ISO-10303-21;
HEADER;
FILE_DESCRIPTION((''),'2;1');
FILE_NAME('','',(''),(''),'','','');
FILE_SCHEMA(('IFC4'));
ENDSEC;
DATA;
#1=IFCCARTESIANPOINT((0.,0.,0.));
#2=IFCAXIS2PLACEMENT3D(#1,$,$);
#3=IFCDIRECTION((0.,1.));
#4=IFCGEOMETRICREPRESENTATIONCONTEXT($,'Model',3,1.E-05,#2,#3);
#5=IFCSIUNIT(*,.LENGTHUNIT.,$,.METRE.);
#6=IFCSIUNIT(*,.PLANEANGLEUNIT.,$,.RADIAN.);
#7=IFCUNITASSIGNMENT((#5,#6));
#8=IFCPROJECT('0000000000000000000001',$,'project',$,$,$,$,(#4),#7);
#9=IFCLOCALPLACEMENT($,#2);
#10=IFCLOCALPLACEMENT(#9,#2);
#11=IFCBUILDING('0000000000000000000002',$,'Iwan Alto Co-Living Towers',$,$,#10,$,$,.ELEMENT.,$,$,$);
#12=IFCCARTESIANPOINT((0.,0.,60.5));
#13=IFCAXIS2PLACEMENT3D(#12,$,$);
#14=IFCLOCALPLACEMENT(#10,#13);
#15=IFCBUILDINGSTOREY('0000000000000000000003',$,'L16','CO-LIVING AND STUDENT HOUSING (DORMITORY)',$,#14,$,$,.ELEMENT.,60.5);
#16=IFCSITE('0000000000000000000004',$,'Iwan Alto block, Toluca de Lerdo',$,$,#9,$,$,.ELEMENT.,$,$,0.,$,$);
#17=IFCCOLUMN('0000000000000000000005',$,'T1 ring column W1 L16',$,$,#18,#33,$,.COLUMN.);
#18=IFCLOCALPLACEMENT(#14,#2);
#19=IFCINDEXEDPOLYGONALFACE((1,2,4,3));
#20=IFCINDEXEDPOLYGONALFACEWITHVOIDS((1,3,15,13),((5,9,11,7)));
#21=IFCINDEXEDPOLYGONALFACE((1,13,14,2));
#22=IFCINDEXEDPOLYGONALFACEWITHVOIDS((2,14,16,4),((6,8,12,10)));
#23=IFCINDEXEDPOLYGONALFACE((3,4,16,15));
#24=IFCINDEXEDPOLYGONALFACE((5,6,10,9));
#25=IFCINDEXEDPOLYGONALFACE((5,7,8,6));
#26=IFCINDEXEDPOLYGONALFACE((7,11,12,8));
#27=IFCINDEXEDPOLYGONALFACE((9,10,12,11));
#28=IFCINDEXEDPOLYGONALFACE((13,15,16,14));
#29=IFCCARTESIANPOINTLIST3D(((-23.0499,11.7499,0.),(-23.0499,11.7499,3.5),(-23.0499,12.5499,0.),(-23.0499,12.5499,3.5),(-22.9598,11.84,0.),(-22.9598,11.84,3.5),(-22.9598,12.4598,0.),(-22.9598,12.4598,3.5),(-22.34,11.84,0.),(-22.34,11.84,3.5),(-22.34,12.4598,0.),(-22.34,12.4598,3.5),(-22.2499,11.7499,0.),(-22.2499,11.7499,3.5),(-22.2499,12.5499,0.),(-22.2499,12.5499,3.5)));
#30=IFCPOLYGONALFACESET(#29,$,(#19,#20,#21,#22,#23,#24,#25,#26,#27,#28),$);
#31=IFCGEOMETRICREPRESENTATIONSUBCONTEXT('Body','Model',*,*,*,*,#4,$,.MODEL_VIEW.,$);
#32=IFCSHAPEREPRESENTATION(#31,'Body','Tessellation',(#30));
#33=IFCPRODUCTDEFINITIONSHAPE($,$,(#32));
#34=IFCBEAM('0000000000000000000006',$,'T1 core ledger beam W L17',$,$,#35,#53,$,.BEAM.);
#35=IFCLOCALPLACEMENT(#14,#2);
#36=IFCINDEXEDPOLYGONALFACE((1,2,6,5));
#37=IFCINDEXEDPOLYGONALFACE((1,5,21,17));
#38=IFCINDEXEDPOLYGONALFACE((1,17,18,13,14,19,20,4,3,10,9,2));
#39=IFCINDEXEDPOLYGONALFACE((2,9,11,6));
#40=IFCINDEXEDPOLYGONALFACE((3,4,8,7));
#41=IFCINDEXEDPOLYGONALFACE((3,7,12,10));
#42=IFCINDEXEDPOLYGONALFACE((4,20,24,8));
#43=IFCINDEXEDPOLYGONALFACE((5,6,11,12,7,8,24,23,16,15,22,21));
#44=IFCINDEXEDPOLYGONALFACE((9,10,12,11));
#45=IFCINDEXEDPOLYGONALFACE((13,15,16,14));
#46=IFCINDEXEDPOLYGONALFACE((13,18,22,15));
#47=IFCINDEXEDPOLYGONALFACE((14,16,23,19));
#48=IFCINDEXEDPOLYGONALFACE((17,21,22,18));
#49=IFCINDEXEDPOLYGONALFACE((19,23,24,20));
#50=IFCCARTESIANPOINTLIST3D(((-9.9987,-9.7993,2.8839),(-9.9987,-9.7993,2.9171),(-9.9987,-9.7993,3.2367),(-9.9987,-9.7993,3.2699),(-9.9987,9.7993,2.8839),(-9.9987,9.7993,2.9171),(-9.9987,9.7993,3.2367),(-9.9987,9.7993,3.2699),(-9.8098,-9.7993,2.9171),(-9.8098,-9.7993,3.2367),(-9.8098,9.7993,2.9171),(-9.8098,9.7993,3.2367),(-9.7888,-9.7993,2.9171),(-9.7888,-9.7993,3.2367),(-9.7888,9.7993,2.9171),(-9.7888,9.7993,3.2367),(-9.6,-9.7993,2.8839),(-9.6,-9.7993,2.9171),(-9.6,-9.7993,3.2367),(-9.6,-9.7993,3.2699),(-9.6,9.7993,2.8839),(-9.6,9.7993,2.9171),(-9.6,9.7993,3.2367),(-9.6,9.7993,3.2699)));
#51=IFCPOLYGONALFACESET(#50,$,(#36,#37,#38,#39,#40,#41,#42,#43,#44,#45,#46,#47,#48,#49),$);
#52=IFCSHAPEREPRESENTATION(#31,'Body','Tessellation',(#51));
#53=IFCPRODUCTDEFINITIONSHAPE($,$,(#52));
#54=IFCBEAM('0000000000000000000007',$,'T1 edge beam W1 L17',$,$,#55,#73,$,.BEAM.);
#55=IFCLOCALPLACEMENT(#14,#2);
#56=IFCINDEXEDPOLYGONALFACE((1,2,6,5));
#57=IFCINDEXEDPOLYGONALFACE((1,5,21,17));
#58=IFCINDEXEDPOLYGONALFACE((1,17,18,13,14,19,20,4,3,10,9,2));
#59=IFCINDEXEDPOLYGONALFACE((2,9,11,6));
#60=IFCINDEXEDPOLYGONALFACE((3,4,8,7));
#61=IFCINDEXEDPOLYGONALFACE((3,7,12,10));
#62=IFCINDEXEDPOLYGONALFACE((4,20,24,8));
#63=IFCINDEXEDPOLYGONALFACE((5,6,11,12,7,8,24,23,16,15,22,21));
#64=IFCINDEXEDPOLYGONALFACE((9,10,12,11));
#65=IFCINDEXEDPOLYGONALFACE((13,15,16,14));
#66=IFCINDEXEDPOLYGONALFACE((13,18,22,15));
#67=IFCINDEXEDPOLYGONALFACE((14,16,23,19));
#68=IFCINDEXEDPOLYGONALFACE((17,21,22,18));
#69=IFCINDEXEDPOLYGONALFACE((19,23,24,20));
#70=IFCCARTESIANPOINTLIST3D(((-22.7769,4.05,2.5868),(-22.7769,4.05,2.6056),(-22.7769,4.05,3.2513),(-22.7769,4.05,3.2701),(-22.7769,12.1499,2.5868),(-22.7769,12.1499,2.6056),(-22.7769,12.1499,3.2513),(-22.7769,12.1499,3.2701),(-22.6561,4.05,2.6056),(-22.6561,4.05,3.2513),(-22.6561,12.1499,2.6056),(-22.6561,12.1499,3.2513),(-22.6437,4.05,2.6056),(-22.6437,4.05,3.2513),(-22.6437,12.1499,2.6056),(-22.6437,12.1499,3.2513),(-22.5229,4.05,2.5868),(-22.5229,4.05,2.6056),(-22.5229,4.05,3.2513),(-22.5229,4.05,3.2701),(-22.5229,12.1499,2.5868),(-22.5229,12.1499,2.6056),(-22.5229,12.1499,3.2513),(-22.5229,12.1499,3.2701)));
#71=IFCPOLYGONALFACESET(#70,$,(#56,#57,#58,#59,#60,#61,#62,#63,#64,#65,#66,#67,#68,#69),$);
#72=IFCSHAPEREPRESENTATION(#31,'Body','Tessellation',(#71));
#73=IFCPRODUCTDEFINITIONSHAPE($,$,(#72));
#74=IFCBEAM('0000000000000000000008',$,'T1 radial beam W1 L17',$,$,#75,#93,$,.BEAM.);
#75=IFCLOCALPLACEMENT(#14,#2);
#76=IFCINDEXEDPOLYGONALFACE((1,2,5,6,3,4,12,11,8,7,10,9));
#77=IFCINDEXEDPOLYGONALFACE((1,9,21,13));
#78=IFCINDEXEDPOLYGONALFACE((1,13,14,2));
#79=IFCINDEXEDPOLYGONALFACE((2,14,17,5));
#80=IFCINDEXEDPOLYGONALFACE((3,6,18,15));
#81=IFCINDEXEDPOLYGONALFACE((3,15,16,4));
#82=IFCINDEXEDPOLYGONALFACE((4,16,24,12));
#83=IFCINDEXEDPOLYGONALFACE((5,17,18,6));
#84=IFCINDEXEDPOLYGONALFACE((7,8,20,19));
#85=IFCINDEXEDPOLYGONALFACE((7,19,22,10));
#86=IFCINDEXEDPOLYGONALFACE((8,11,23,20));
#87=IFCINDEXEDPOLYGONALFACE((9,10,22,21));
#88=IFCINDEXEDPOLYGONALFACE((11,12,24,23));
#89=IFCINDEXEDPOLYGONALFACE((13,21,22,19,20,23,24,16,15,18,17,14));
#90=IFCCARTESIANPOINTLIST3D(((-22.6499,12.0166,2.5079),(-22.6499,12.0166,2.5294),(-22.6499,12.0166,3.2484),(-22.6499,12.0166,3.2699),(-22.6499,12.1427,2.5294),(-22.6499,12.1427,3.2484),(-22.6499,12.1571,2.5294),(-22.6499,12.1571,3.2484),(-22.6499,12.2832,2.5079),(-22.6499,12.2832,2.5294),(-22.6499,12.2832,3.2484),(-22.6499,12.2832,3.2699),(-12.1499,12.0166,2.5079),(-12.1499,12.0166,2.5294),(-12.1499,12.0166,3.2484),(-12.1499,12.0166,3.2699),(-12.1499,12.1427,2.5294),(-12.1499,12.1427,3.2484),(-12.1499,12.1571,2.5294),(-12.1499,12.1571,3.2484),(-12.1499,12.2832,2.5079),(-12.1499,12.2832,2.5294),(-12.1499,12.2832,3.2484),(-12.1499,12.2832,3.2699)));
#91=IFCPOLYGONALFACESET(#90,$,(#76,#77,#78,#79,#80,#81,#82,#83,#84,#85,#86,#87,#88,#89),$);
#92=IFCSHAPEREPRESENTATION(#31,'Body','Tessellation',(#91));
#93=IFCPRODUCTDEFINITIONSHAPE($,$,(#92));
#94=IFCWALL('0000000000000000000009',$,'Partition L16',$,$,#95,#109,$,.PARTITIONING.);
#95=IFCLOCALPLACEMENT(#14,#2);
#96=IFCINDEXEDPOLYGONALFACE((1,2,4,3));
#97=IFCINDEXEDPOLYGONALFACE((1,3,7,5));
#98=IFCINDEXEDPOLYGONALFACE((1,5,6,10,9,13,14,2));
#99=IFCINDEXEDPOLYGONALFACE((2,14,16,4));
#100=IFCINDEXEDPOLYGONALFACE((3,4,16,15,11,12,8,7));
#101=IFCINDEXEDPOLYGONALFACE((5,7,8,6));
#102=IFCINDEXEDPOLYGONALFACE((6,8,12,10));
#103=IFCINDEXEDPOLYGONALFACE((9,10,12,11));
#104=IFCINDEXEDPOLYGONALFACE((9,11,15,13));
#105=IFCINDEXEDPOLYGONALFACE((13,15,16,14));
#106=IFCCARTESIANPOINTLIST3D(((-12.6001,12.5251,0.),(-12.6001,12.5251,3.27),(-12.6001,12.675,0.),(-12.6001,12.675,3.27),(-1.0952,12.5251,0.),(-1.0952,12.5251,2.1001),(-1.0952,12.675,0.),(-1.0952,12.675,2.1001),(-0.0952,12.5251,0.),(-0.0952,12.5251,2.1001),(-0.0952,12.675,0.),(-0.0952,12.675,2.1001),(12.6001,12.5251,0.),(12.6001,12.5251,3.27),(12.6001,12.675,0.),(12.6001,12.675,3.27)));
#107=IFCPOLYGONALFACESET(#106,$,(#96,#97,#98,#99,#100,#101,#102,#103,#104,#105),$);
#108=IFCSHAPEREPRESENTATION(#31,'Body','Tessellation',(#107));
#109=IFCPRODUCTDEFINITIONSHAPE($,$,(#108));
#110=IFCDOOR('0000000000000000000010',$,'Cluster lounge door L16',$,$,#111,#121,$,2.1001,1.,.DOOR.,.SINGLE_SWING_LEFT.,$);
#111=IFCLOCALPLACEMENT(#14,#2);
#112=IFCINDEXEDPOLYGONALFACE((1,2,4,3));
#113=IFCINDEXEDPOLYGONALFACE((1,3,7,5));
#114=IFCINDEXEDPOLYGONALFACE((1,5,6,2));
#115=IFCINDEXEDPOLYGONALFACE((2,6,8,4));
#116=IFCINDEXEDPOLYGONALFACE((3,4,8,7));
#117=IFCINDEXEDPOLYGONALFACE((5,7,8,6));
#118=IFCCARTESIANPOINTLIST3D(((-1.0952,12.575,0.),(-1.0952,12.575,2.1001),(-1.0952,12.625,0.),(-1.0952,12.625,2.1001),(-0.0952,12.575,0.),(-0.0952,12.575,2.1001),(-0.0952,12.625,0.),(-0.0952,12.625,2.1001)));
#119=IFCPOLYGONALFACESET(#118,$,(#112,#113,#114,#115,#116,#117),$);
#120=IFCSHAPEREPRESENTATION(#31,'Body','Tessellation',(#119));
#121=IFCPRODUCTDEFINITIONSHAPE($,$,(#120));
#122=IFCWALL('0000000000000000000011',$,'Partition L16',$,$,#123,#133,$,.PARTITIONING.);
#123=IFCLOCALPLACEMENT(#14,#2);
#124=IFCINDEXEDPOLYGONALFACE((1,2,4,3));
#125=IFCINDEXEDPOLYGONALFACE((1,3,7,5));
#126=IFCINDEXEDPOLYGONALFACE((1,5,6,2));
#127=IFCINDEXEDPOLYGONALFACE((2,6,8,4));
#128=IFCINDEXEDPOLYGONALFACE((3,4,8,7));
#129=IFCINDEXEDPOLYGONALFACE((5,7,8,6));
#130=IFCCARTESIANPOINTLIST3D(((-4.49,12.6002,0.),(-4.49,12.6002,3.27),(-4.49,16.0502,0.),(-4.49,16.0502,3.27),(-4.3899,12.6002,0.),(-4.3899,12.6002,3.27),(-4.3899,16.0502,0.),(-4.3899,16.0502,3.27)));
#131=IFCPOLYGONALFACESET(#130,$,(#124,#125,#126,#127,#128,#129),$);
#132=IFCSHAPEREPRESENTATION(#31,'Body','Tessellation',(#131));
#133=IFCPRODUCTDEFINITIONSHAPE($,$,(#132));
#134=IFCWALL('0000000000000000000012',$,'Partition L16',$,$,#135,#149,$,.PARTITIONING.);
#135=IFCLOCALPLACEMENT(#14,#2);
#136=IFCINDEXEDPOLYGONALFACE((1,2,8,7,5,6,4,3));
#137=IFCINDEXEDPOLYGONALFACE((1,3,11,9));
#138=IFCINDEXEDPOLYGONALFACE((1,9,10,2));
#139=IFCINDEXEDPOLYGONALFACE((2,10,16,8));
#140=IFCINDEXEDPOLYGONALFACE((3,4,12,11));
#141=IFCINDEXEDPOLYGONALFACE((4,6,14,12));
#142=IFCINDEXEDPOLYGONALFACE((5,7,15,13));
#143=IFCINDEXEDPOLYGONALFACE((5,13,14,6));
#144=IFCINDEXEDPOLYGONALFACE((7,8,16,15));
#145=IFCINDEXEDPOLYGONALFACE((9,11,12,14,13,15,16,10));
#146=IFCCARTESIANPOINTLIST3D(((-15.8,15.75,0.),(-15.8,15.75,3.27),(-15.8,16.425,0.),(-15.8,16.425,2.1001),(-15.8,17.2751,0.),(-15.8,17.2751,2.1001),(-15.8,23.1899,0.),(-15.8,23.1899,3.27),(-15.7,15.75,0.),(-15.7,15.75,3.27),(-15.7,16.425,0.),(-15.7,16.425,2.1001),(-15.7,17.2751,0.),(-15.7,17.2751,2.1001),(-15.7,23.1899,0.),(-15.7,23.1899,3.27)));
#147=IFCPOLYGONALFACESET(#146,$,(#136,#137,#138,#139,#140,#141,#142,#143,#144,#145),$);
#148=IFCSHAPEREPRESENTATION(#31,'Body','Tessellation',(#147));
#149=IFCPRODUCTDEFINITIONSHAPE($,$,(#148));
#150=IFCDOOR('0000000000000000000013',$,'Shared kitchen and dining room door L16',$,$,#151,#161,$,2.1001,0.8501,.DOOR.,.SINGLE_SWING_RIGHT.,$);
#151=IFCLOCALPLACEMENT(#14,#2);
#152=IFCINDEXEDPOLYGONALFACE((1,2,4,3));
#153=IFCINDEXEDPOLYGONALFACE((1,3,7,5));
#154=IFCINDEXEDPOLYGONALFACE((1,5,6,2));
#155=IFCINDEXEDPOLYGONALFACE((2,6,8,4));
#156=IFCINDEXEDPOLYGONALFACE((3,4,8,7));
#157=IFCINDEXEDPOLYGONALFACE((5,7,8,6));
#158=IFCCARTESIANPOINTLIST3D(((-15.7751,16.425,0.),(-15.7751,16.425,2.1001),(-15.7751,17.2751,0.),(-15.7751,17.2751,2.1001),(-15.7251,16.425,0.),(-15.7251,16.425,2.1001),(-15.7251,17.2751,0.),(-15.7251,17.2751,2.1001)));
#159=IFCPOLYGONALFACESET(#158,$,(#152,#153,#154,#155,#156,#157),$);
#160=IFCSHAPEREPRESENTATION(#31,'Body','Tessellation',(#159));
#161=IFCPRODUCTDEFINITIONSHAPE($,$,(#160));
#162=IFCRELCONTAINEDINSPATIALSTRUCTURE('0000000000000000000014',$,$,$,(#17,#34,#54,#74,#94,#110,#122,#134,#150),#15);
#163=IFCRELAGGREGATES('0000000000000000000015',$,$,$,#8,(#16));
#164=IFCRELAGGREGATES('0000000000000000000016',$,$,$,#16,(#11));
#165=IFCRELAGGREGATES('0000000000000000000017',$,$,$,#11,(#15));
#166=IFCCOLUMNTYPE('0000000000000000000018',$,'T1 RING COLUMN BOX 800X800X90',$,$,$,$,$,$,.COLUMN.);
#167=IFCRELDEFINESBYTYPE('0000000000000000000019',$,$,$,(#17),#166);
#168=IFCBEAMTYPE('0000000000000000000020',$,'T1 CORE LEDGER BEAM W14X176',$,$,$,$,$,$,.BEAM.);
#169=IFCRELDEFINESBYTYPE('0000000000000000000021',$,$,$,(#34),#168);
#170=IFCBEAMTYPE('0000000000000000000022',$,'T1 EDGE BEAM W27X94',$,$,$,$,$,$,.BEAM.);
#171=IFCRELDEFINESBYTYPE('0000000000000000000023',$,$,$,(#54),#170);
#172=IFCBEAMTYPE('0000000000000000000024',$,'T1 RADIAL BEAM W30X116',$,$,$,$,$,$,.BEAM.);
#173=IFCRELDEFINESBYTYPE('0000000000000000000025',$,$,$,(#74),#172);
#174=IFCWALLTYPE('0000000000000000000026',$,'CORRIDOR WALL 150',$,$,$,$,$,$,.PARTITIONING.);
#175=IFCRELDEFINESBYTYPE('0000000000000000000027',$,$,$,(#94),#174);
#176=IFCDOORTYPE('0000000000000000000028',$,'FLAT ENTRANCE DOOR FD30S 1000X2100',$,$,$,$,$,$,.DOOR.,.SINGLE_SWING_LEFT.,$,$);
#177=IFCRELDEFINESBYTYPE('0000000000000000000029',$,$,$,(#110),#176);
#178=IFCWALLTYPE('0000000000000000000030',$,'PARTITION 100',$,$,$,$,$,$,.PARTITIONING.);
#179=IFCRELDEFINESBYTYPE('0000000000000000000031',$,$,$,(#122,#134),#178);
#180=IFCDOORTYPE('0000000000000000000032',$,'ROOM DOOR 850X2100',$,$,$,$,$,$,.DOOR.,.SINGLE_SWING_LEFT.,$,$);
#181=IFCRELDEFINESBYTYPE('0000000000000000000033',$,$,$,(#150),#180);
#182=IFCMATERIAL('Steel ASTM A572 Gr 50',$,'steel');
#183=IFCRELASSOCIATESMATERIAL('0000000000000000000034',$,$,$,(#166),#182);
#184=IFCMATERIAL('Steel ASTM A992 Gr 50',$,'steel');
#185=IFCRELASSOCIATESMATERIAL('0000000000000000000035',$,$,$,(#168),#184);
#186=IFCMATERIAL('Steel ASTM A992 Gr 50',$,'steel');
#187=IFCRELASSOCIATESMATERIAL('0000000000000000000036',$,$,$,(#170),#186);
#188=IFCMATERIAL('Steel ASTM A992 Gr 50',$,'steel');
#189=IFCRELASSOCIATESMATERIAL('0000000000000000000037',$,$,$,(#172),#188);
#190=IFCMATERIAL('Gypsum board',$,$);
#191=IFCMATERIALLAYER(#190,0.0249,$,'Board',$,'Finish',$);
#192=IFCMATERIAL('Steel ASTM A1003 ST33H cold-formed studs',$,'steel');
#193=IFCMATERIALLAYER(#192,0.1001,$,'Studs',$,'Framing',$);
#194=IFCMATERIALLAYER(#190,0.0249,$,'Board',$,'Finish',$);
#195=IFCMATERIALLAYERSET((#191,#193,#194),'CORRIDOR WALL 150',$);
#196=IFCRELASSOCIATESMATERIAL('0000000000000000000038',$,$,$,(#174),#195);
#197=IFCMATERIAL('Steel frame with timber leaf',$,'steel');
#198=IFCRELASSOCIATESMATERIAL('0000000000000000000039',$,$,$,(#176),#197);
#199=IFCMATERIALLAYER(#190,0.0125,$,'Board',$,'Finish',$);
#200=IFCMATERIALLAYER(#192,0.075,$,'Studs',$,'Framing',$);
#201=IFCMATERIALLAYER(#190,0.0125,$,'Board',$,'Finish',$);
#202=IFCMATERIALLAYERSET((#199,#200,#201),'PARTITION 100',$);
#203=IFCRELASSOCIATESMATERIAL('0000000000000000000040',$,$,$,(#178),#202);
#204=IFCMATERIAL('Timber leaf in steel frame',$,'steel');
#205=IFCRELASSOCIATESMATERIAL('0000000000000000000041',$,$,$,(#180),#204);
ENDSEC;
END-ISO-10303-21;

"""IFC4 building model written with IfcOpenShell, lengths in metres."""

from ifc_helpers import new_model, si_unit, direction, frame, frame_2d, origin, origin_2d, place, context, subcontext, project, spatial, rectangle, hollow_rectangle, i_section, extrude, material, layer, layer_set, material_profile, profile_set, type_object, element, fill, save


model = new_model("IFC4")

# Units and contexts
model_context = context("Model", 3, precision=1e-05, world=origin(), true_north=direction((0.0, 1.0)))
body_context = subcontext(model_context, "Body", "Model", "MODEL_VIEW")
ifc_project = project(units=[si_unit("LENGTHUNIT", "METRE"), si_unit("PLANEANGLEUNIT", "RADIAN")], contexts=[model_context])

# Site, building, storey
site_placement = place(None, origin())
site = spatial("IfcSite", under=ifc_project, at=site_placement, Name="Iwan Alto block, Toluca de Lerdo", CompositionType="ELEMENT", RefElevation=0.0)
building_placement = place(site_placement, origin())
building = spatial("IfcBuilding", under=site, at=building_placement, Name="Iwan Alto Co-Living Towers", CompositionType="ELEMENT")
storey_placement = place(building_placement, frame((0.0, 0.0, 60.5)))
storey = spatial("IfcBuildingStorey", under=building, at=storey_placement, Name="L16", Description="CO-LIVING AND STUDENT HOUSING (DORMITORY)", CompositionType="ELEMENT", Elevation=60.5)

# Column
ifc_material_1 = material(Name="Steel ASTM A572 Gr 50", Category="steel")
ifc_material_profile_1 = material_profile(ifc_material_1, hollow_rectangle(XDim=0.8, YDim=0.8, WallThickness=0.0901, at=origin_2d()), Name="BOX 800X800X90")
ifc_profile_set_1 = profile_set([ifc_material_profile_1], Name="Steel ASTM A572 Gr 50")
column_type = type_object("IfcColumnType", Name="T1 RING COLUMN BOX 800X800X90", PredefinedType="COLUMN", material=ifc_profile_set_1)
column_placement = place(storey_placement, frame((-22.6499, 12.1499, 0.0), z_axis=(0.0, 0.0, 1.0), x_axis=(1.0, 0.0, 0.0)))
element("IfcColumn", 1, at=column_placement, inside=storey, type_object=column_type, Name="T1 ring column W1 L16", PredefinedType="COLUMN", context=body_context, shape_type="SweptSolid", body=[
    extrude(hollow_rectangle(XDim=0.8, YDim=0.8, WallThickness=0.0901, at=origin_2d()), origin(), (0.0, 0.0, 1.0), 3.5),
])

# Beams
ifc_material_2 = material(Name="Steel ASTM A992 Gr 50", Category="steel")
ifc_material_profile_2 = material_profile(ifc_material_2, i_section(OverallWidth=0.3987, OverallDepth=0.386, WebThickness=0.021, FlangeThickness=0.0332, at=origin_2d()), Name="W14X176")
ifc_profile_set_2 = profile_set([ifc_material_profile_2], Name="Steel ASTM A992 Gr 50")
beam_type_1 = type_object("IfcBeamType", Name="T1 CORE LEDGER BEAM W14X176", PredefinedType="BEAM", material=ifc_profile_set_2)
beam_1_placement = place(storey_placement, frame((-9.7993, 9.7993, 3.0769), z_axis=(0.0, -1.0, 0.0), x_axis=(1.0, 0.0, 0.0)))
element("IfcBeam", 2, at=beam_1_placement, inside=storey, type_object=beam_type_1, Name="T1 core ledger beam W L17", PredefinedType="BEAM", context=body_context, shape_type="SweptSolid", body=[
    extrude(i_section(OverallWidth=0.3987, OverallDepth=0.386, WebThickness=0.021, FlangeThickness=0.0332, at=origin_2d()), origin(), (0.0, 0.0, 1.0), 19.5986),
])
ifc_material_3 = material(Name="Steel ASTM A992 Gr 50", Category="steel")
ifc_material_profile_3 = material_profile(ifc_material_3, i_section(OverallWidth=0.2539, OverallDepth=0.6833, WebThickness=0.0125, FlangeThickness=0.0188, at=origin_2d()), Name="W27X94")
ifc_profile_set_3 = profile_set([ifc_material_profile_3], Name="Steel ASTM A992 Gr 50")
beam_type_2 = type_object("IfcBeamType", Name="T1 EDGE BEAM W27X94", PredefinedType="BEAM", material=ifc_profile_set_3)
beam_2_placement = place(storey_placement, frame((-22.6499, 12.1499, 2.9285), z_axis=(0.0, -1.0, 0.0), x_axis=(1.0, 0.0, 0.0)))
element("IfcBeam", 3, at=beam_2_placement, inside=storey, type_object=beam_type_2, Name="T1 edge beam W1 L17", PredefinedType="BEAM", context=body_context, shape_type="SweptSolid", body=[
    extrude(i_section(OverallWidth=0.2539, OverallDepth=0.6833, WebThickness=0.0125, FlangeThickness=0.0188, at=origin_2d()), origin(), (0.0, 0.0, 1.0), 8.0999),
])
ifc_material_4 = material(Name="Steel ASTM A992 Gr 50", Category="steel")
ifc_material_profile_4 = material_profile(ifc_material_4, i_section(OverallWidth=0.2666, OverallDepth=0.762, WebThickness=0.0144, FlangeThickness=0.0215, at=origin_2d()), Name="W30X116")
ifc_profile_set_4 = profile_set([ifc_material_profile_4], Name="Steel ASTM A992 Gr 50")
beam_type_3 = type_object("IfcBeamType", Name="T1 RADIAL BEAM W30X116", PredefinedType="BEAM", material=ifc_profile_set_4)
beam_3_placement = place(storey_placement, frame((-22.6499, 12.1499, 2.8889), z_axis=(1.0, 0.0, 0.0), x_axis=(0.0, 1.0, 0.0)))
element("IfcBeam", 4, at=beam_3_placement, inside=storey, type_object=beam_type_3, Name="T1 radial beam W1 L17", PredefinedType="BEAM", context=body_context, shape_type="SweptSolid", body=[
    extrude(i_section(OverallWidth=0.2666, OverallDepth=0.762, WebThickness=0.0144, FlangeThickness=0.0215, at=origin_2d()), origin(), (0.0, 0.0, 1.0), 10.5),
])

# Wall, opening, door
ifc_material_5 = material(Name="Gypsum board")
ifc_layer_1 = layer(ifc_material_5, 0.0249, Name="Board", Category="Finish")
ifc_material_6 = material(Name="Steel ASTM A1003 ST33H cold-formed studs", Category="steel")
ifc_layer_2 = layer(ifc_material_6, 0.1001, Name="Studs", Category="Framing")
ifc_layer_3 = layer(ifc_material_5, 0.0249, Name="Board", Category="Finish")
ifc_layer_set_1 = layer_set([ifc_layer_1, ifc_layer_2, ifc_layer_3], Name="CORRIDOR WALL 150")
wall_type_1 = type_object("IfcWallType", Name="CORRIDOR WALL 150", PredefinedType="PARTITIONING", material=ifc_layer_set_1)
wall_1_placement = place(storey_placement, frame((-12.6001, 12.6001, 0.0), z_axis=(0.0, 0.0, 1.0), x_axis=(1.0, 0.0, 0.0)))
wall_1 = element("IfcWall", 5, at=wall_1_placement, inside=storey, type_object=wall_type_1, Name="Partition L16", PredefinedType="PARTITIONING", context=body_context, shape_type="SweptSolid", body=[
    extrude(rectangle(XDim=25.2002, YDim=0.1499, at=frame_2d((12.6001, 0.0))), origin(), (0.0, 0.0, 1.0), 3.27),
])
opening_1_placement = place(wall_1_placement, frame((11.5049, 0.0, 0.0)))
opening_1 = element("IfcOpeningElement", 6, at=opening_1_placement, cuts=wall_1, PredefinedType="OPENING", context=body_context, shape_type="SweptSolid", body=[
    extrude(rectangle(XDim=1.0, YDim=2.1001, at=frame_2d((0.5, 1.05))), frame((0.0, 0.085, 0.0), z_axis=(0.0, -1.0, 0.0), x_axis=(1.0, 0.0, 0.0)), (0.0, 0.0, 1.0), 0.1699),
])
ifc_material_7 = material(Name="Steel frame with timber leaf", Category="steel")
door_type_1 = type_object("IfcDoorType", Name="FLAT ENTRANCE DOOR FD30S 1000X2100", OperationType="SINGLE_SWING_LEFT", PredefinedType="DOOR", material=ifc_material_7)
door_1_placement = place(opening_1_placement, origin())
door_1 = element("IfcDoor", 7, at=door_1_placement, inside=storey, type_object=door_type_1, Name="Cluster lounge door L16", OperationType="SINGLE_SWING_LEFT", OverallHeight=2.1001, OverallWidth=1.0, PredefinedType="DOOR", context=body_context, shape_type="SweptSolid", body=[
    extrude(rectangle(XDim=1.0, YDim=2.1001, at=frame_2d((0.5, 1.05))), frame((0.0, 0.0249, 0.0), z_axis=(0.0, -1.0, 0.0), x_axis=(1.0, 0.0, 0.0)), (0.0, 0.0, 1.0), 0.05),
])
fill(opening_1, door_1)

# Wall
ifc_layer_4 = layer(ifc_material_5, 0.0125, Name="Board", Category="Finish")
ifc_layer_5 = layer(ifc_material_6, 0.075, Name="Studs", Category="Framing")
ifc_layer_6 = layer(ifc_material_5, 0.0125, Name="Board", Category="Finish")
ifc_layer_set_2 = layer_set([ifc_layer_4, ifc_layer_5, ifc_layer_6], Name="PARTITION 100")
wall_type_2 = type_object("IfcWallType", Name="PARTITION 100", PredefinedType="PARTITIONING", material=ifc_layer_set_2)
wall_2_placement = place(storey_placement, frame((-4.4399, 12.6001, 0.0), z_axis=(0.0, 0.0, 1.0), x_axis=(0.0, 1.0, 0.0)))
element("IfcWall", 8, at=wall_2_placement, inside=storey, type_object=wall_type_2, Name="Partition L16", PredefinedType="PARTITIONING", context=body_context, shape_type="SweptSolid", body=[
    extrude(rectangle(XDim=3.45, YDim=0.1001, at=frame_2d((1.7251, 0.0))), origin(), (0.0, 0.0, 1.0), 3.27),
])

# Wall, opening, door
wall_3_placement = place(storey_placement, frame((-15.75, 15.75, 0.0), z_axis=(0.0, 0.0, 1.0), x_axis=(0.0, 1.0, 0.0)))
wall_3 = element("IfcWall", 9, at=wall_3_placement, inside=storey, type_object=wall_type_2, Name="Partition L16", PredefinedType="PARTITIONING", context=body_context, shape_type="SweptSolid", body=[
    extrude(rectangle(XDim=7.4399, YDim=0.1001, at=frame_2d((3.72, 0.0))), origin(), (0.0, 0.0, 1.0), 3.27),
])
opening_2_placement = place(wall_3_placement, frame((0.675, 0.0, 0.0)))
opening_2 = element("IfcOpeningElement", 10, at=opening_2_placement, cuts=wall_3, PredefinedType="OPENING", context=body_context, shape_type="SweptSolid", body=[
    extrude(rectangle(XDim=0.8501, YDim=2.1001, at=frame_2d((0.425, 1.05))), frame((0.0, 0.0601, 0.0), z_axis=(0.0, -1.0, 0.0), x_axis=(1.0, 0.0, 0.0)), (0.0, 0.0, 1.0), 0.1201),
])
ifc_material_8 = material(Name="Timber leaf in steel frame", Category="steel")
door_type_2 = type_object("IfcDoorType", Name="ROOM DOOR 850X2100", OperationType="SINGLE_SWING_LEFT", PredefinedType="DOOR", material=ifc_material_8)
door_2_placement = place(opening_2_placement, frame((0.8501, 0.0, 0.0), z_axis=(0.0, 0.0, 1.0), x_axis=(-1.0, 0.0, 0.0)))
door_2 = element("IfcDoor", 11, at=door_2_placement, inside=storey, type_object=door_type_2, Name="Shared kitchen and dining room door L16", OperationType="SINGLE_SWING_RIGHT", OverallHeight=2.1001, OverallWidth=0.8501, PredefinedType="DOOR", context=body_context, shape_type="SweptSolid", body=[
    extrude(rectangle(XDim=0.8501, YDim=2.1001, at=frame_2d((0.425, 1.05))), frame((0.0, 0.0249, 0.0), z_axis=(0.0, -1.0, 0.0), x_axis=(1.0, 0.0, 0.0)), (0.0, 0.0, 1.0), 0.05),
])
fill(opening_2, door_2)

save(model, "model.ifc")
